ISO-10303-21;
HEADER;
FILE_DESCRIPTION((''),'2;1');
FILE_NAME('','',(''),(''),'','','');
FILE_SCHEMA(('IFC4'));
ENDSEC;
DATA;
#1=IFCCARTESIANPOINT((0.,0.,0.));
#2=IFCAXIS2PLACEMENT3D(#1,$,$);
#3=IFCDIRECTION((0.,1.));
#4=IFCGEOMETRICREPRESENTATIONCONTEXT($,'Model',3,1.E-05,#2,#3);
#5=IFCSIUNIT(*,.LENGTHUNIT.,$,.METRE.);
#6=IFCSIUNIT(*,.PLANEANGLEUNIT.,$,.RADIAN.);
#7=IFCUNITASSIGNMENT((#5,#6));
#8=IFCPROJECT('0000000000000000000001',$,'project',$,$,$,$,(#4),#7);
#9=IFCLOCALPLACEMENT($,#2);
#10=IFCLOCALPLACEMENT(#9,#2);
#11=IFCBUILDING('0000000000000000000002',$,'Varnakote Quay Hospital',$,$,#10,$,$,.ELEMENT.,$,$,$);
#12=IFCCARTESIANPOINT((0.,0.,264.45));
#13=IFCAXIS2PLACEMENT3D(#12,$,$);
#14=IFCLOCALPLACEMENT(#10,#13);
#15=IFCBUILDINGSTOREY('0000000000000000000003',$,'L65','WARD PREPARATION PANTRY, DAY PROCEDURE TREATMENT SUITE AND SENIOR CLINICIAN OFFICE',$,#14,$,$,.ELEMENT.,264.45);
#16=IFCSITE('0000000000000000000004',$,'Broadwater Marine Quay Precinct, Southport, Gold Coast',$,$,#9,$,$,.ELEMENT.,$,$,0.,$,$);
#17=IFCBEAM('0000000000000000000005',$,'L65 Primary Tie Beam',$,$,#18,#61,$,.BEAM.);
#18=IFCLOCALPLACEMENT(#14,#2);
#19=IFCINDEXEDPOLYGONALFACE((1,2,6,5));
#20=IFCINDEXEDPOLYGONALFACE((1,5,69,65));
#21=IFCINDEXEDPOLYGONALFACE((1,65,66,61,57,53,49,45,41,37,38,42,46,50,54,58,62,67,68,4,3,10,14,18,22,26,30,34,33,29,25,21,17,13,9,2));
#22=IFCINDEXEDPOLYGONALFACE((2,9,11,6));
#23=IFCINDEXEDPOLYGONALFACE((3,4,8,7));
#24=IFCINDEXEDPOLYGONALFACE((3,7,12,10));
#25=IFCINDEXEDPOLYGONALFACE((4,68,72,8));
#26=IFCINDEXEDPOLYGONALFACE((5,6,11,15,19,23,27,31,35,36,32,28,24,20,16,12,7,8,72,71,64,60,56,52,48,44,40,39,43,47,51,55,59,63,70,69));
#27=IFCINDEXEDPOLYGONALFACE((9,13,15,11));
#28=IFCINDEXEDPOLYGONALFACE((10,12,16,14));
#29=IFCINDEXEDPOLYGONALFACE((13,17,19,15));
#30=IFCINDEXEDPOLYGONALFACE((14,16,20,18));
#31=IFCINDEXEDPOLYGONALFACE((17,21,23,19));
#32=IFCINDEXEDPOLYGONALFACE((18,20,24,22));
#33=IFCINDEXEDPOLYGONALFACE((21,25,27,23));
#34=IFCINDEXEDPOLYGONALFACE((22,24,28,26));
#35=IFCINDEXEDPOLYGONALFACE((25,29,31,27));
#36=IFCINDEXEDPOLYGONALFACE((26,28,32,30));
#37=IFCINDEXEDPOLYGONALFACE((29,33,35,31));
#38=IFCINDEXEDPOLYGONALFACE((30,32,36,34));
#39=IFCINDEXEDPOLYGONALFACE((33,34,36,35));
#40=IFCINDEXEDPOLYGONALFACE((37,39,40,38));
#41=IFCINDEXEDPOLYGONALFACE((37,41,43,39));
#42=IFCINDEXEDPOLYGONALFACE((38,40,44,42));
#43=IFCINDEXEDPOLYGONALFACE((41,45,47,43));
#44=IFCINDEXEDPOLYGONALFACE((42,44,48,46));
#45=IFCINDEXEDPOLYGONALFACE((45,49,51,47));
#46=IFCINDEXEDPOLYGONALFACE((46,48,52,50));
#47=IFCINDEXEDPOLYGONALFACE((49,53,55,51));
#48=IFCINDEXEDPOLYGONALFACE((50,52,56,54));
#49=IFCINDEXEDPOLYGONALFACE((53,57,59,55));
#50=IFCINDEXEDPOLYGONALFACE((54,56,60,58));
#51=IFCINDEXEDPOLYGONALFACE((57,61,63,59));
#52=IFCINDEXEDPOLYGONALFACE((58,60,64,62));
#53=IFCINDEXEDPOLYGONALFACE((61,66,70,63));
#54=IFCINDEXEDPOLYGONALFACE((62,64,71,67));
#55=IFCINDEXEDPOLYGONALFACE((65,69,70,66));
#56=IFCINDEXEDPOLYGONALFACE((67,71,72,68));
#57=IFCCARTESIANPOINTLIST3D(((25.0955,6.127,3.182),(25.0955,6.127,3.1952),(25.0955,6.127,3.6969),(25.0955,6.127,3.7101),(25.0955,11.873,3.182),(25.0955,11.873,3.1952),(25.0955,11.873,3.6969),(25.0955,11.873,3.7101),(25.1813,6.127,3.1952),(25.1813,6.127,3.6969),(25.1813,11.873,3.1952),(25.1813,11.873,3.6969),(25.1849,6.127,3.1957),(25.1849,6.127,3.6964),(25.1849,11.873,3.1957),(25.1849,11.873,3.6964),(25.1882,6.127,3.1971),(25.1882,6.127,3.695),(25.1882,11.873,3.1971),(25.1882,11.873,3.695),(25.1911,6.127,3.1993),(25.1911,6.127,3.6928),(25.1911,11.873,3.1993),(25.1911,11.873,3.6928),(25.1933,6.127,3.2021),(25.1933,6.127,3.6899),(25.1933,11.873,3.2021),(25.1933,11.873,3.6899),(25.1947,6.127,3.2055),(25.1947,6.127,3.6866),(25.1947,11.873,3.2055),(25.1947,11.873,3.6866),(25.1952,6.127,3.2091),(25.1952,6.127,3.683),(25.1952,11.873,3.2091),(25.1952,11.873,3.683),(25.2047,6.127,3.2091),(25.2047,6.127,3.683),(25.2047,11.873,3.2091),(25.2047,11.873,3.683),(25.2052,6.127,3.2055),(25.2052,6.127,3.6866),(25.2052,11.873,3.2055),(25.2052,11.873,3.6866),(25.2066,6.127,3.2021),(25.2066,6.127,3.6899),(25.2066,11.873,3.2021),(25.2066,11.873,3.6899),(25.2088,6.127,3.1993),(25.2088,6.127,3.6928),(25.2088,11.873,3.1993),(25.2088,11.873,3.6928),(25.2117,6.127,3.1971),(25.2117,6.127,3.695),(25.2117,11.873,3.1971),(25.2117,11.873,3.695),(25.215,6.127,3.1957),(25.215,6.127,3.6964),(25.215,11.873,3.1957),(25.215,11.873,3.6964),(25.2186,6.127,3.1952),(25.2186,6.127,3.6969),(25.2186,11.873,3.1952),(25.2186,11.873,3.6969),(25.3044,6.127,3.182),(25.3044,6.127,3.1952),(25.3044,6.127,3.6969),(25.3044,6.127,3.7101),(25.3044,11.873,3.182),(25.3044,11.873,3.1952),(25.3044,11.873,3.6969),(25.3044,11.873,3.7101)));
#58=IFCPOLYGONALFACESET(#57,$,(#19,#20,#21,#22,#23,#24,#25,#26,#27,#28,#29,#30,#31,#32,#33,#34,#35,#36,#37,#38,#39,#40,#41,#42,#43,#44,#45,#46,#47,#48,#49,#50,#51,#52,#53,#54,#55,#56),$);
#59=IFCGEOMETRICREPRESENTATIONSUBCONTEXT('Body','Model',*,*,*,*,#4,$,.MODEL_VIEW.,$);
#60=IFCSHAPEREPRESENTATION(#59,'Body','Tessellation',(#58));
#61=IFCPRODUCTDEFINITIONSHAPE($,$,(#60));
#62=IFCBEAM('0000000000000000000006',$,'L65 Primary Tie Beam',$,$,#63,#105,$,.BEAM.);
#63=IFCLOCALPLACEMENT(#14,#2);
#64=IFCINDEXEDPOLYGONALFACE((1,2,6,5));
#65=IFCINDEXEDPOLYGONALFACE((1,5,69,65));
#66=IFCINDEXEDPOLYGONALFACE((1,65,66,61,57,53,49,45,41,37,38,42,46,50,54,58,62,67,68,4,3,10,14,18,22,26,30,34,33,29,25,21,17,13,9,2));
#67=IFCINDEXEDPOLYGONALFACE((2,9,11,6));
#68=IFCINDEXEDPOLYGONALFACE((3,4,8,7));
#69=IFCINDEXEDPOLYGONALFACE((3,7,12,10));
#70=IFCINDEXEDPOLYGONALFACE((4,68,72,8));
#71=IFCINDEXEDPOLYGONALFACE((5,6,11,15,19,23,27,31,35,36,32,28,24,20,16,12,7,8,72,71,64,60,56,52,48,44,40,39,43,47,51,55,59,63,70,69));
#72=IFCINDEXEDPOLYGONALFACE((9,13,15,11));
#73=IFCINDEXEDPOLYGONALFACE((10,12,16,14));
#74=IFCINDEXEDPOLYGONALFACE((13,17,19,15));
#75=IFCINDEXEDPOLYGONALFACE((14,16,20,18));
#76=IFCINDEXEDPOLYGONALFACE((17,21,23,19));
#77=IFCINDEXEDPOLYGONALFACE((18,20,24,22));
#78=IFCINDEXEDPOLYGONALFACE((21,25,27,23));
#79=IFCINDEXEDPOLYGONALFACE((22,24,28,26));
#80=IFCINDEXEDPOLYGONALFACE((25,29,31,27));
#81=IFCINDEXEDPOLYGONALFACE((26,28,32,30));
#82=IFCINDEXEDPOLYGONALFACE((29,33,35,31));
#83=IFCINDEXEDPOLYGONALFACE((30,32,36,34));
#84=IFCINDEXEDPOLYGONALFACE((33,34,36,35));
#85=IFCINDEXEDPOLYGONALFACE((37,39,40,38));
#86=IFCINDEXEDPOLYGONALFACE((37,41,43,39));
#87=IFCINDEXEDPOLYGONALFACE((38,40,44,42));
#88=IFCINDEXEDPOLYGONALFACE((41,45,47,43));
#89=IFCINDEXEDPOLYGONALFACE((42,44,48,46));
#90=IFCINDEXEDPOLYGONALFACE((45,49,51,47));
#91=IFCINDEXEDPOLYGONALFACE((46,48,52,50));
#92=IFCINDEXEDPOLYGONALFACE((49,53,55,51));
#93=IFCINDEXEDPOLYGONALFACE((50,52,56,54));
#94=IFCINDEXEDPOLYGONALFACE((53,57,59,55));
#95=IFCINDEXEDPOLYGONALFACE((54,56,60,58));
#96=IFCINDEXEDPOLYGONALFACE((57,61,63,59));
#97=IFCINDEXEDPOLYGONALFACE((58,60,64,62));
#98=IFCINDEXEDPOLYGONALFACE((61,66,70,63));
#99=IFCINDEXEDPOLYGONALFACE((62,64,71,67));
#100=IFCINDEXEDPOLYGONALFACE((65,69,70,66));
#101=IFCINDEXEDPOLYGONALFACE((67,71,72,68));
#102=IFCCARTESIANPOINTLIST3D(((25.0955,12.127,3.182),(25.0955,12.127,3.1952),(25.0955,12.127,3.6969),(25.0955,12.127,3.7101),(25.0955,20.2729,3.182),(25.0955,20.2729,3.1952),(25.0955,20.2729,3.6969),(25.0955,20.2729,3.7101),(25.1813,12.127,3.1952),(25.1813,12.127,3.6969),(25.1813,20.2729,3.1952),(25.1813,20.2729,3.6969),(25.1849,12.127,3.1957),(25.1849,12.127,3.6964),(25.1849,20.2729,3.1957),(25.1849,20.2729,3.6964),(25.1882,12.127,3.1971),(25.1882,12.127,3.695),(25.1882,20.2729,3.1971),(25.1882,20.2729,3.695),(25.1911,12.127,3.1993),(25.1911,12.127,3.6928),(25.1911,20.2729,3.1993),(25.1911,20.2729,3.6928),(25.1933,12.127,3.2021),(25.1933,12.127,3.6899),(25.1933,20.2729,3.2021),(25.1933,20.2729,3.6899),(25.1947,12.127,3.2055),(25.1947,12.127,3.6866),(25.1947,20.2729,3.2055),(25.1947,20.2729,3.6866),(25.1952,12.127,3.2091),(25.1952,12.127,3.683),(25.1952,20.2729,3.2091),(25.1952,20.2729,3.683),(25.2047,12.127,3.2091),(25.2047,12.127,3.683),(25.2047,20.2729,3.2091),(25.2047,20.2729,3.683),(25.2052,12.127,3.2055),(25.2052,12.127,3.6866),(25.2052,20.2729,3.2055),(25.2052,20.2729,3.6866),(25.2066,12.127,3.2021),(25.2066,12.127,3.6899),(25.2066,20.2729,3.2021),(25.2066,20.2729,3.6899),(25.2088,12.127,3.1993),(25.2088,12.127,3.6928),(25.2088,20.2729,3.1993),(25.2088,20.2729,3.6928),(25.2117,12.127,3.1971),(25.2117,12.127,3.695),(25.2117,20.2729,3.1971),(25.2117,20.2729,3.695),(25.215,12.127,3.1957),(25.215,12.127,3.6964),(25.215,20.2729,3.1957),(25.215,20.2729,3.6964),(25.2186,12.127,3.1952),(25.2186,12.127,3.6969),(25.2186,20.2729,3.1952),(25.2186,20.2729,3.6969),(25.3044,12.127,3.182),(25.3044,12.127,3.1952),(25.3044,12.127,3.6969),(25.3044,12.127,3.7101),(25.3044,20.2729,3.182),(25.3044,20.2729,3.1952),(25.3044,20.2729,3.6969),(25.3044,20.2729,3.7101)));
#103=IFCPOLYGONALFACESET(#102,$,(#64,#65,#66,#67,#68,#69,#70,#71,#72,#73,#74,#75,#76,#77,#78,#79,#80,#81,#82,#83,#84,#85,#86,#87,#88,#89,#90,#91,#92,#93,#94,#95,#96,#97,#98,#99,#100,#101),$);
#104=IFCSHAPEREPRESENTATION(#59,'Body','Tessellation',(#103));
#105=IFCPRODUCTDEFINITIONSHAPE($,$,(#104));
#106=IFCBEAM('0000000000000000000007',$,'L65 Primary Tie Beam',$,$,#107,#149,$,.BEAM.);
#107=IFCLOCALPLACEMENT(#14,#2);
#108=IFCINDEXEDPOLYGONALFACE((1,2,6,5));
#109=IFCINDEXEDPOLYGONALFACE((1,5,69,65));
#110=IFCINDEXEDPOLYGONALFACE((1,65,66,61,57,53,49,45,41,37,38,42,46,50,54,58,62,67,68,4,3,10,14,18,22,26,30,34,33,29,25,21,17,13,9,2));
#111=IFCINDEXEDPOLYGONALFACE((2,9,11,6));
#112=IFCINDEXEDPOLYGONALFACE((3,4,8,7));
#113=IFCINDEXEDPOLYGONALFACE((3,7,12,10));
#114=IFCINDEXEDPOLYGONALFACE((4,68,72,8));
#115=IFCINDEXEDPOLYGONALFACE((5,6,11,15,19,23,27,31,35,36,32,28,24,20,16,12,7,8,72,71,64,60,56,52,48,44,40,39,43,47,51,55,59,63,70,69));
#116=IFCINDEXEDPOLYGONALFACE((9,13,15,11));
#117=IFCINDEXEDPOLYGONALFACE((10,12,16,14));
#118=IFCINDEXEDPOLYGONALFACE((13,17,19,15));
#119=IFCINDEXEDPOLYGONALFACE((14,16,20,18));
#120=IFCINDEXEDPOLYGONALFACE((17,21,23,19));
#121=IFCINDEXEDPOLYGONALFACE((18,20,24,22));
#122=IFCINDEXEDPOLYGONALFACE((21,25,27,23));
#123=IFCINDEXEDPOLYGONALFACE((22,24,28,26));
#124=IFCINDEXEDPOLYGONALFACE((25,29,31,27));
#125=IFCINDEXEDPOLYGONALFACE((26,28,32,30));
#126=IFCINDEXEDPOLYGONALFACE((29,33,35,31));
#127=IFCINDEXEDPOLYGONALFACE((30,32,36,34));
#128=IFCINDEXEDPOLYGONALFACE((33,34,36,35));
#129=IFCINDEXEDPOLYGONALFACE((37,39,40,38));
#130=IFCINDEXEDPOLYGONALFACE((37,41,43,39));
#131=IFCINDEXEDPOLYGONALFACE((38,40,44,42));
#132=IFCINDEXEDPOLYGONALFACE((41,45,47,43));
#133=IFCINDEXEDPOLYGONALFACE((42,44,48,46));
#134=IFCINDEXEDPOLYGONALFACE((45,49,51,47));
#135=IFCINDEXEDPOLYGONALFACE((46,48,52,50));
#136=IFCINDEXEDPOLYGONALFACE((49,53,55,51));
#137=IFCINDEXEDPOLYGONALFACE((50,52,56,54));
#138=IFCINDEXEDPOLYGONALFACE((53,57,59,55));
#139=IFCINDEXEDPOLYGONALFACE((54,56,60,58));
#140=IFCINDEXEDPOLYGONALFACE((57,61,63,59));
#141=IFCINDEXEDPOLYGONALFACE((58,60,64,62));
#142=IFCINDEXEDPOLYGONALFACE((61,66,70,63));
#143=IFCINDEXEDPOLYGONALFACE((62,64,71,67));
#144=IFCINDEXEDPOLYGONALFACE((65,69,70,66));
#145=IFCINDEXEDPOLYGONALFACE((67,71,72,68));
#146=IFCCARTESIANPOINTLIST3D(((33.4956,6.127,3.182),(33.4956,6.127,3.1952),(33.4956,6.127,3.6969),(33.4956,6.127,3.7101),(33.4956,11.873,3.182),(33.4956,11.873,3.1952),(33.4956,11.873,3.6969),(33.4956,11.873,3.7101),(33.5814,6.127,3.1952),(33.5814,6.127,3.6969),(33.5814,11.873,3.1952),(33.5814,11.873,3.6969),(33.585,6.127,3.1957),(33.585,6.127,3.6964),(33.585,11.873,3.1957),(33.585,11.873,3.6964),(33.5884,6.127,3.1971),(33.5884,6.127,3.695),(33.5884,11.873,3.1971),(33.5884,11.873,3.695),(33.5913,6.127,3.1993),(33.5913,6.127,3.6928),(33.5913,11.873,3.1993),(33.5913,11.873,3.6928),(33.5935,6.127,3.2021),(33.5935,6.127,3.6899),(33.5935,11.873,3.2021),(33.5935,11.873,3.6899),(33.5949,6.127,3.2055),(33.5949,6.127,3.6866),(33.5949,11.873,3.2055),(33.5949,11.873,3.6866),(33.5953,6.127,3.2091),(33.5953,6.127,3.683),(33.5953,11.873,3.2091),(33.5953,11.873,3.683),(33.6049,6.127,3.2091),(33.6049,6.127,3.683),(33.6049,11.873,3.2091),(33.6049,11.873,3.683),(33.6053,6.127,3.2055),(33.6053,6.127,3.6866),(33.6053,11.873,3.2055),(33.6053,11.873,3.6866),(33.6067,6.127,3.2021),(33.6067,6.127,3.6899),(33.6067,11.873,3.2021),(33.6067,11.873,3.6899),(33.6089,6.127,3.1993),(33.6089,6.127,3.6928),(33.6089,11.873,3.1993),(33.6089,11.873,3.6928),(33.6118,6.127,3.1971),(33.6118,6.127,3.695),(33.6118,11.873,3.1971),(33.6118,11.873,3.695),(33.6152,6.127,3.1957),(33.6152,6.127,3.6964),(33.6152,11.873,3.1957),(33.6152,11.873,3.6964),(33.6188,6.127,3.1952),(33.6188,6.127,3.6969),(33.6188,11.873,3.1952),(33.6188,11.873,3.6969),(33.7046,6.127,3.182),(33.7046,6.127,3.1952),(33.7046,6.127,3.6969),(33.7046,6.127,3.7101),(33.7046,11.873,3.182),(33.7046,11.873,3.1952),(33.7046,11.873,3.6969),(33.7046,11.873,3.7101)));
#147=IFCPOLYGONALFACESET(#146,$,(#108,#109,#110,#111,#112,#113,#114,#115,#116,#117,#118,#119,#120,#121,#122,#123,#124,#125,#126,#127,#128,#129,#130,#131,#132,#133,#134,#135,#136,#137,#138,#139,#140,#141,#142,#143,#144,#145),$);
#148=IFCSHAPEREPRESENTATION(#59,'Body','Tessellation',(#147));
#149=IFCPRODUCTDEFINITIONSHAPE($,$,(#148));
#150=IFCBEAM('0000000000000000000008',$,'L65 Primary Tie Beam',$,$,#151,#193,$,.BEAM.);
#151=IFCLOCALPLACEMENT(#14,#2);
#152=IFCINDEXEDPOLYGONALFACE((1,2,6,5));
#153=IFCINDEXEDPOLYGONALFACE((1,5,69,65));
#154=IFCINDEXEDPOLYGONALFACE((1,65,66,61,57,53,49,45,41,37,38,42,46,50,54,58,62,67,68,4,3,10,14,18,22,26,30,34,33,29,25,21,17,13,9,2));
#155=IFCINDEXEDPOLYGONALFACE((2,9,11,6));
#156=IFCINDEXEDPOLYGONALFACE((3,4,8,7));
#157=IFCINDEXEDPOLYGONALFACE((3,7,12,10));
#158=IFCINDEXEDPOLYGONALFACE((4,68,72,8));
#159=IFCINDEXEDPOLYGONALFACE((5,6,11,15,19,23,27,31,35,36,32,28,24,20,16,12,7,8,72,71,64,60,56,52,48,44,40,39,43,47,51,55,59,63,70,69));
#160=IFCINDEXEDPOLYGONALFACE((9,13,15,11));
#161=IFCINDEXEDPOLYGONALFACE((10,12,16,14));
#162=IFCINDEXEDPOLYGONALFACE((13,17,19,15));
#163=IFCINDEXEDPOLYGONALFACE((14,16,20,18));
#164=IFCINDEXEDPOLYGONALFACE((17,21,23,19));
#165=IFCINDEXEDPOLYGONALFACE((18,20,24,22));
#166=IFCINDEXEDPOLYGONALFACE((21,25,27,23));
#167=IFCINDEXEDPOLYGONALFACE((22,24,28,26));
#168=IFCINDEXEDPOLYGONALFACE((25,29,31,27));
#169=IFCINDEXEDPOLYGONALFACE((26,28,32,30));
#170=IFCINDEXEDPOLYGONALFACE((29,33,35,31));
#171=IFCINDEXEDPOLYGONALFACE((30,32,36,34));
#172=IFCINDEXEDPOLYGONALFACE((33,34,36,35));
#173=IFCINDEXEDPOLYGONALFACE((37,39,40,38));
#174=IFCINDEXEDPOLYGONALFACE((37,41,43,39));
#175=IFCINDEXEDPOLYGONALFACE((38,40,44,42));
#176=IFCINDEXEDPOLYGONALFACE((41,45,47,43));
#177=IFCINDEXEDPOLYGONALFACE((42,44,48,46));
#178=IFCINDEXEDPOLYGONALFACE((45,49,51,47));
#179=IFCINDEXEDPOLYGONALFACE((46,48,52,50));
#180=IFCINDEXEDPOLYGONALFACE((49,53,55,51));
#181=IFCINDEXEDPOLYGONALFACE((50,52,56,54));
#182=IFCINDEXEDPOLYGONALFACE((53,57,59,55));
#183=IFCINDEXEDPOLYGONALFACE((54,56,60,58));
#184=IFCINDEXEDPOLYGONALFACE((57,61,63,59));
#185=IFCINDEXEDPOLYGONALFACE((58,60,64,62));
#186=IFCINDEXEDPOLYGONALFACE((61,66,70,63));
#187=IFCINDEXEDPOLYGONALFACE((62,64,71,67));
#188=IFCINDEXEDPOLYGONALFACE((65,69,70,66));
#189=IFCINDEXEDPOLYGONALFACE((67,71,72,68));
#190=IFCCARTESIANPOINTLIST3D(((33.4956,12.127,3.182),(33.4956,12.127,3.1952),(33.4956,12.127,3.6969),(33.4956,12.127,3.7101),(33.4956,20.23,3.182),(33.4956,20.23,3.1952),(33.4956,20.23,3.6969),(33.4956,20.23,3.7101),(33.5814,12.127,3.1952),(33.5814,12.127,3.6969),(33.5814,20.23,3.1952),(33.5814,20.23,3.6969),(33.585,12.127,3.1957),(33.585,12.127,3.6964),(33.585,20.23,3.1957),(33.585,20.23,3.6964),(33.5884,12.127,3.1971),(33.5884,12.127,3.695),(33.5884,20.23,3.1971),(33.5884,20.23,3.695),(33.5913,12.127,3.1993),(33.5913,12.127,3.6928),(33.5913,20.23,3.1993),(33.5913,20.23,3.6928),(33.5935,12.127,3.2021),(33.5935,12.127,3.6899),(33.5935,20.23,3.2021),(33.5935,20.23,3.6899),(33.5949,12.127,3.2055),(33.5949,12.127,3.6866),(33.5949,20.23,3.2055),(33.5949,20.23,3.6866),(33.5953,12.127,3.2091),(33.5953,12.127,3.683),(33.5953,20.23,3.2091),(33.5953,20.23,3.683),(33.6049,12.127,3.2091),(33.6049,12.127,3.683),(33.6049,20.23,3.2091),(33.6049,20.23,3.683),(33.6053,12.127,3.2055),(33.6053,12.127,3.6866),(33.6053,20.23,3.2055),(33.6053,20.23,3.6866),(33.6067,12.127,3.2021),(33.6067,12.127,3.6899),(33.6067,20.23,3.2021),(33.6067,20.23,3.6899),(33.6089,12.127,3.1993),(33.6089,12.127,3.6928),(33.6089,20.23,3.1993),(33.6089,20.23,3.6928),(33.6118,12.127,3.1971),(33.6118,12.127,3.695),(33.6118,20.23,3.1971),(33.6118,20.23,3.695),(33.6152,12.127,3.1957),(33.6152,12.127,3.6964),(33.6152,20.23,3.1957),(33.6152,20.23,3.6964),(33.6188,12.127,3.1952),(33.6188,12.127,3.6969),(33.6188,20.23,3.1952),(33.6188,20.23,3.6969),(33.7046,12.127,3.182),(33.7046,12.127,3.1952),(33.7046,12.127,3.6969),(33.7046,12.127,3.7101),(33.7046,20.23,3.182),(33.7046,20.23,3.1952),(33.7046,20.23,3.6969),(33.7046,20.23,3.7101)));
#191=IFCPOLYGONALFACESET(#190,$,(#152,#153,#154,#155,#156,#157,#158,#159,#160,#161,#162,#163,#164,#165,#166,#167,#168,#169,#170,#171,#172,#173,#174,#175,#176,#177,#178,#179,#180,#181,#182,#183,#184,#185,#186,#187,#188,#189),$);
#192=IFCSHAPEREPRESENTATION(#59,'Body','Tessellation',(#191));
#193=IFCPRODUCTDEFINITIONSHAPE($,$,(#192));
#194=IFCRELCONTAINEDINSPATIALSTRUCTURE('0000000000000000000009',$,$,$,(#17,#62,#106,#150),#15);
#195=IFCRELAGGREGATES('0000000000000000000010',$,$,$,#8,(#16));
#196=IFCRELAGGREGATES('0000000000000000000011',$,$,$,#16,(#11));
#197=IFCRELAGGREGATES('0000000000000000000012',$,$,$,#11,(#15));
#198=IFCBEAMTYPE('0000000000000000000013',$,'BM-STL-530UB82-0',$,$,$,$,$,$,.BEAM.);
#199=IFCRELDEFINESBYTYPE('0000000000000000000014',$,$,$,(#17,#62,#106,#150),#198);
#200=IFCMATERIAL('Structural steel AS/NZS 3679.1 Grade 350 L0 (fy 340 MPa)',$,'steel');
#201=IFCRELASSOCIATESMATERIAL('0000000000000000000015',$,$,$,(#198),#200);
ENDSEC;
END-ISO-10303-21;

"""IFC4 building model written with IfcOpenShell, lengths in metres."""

from ifc_helpers import new_model, si_unit, direction, frame, origin, origin_2d, place, context, subcontext, project, spatial, i_section, extrude, material, material_profile, profile_set, type_object, element, save


model = new_model("IFC4")

# Units and contexts
model_context = context("Model", 3, precision=1e-05, world=origin(), true_north=direction((0.0, 1.0)))
body_context = subcontext(model_context, "Body", "Model", "MODEL_VIEW")
ifc_project = project(units=[si_unit("LENGTHUNIT", "METRE"), si_unit("PLANEANGLEUNIT", "RADIAN")], contexts=[model_context])

# Site, building, storey
site_placement = place(None, origin())
site = spatial("IfcSite", under=ifc_project, at=site_placement, Name="Broadwater Marine Quay Precinct, Southport, Gold Coast", CompositionType="ELEMENT", RefElevation=0.0)
building_placement = place(site_placement, origin())
building = spatial("IfcBuilding", under=site, at=building_placement, Name="Varnakote Quay Hospital", CompositionType="ELEMENT")
storey_placement = place(building_placement, frame((0.0, 0.0, 264.45)))
storey = spatial("IfcBuildingStorey", under=building, at=storey_placement, Name="L65", Description="WARD PREPARATION PANTRY, DAY PROCEDURE TREATMENT SUITE AND SENIOR CLINICIAN OFFICE", CompositionType="ELEMENT", Elevation=264.45)

# Beams
ifc_material_1 = material(Name="Structural steel AS/NZS 3679.1 Grade 350 L0 (fy 340 MPa)", Category="steel")
ifc_material_profile_1 = material_profile(ifc_material_1, i_section(OverallWidth=0.209, OverallDepth=0.5281, WebThickness=0.0095, FlangeThickness=0.0132, FilletRadius=0.0139, at=origin_2d()), Name="530UB82.0")
ifc_profile_set_1 = profile_set([ifc_material_profile_1], Name="Structural steel AS/NZS 3679.1 Grade 350 L0 (fy 340 MPa)")
beam_type_1 = type_object("IfcBeamType", Name="BM-STL-530UB82-0", PredefinedType="BEAM", material=ifc_profile_set_1)
beam_1_placement = place(storey_placement, frame((25.2, 6.127, 3.446), z_axis=(0.0, 1.0, 0.0), x_axis=(-1.0, 0.0, 0.0)))
element("IfcBeam", 1, at=beam_1_placement, inside=storey, type_object=beam_type_1, Name="L65 Primary Tie Beam", PredefinedType="BEAM", context=body_context, shape_type="SweptSolid", body=[
    extrude(i_section(OverallWidth=0.209, OverallDepth=0.5281, WebThickness=0.0095, FlangeThickness=0.0132, FilletRadius=0.0139, at=origin_2d()), origin(), (0.0, 0.0, 1.0), 5.7461),
])
beam_2_placement = place(storey_placement, frame((25.2, 12.127, 3.446), z_axis=(0.0, 1.0, 0.0), x_axis=(-1.0, 0.0, 0.0)))
element("IfcBeam", 2, at=beam_2_placement, inside=storey, type_object=beam_type_1, Name="L65 Primary Tie Beam", PredefinedType="BEAM", context=body_context, shape_type="SweptSolid", body=[
    extrude(i_section(OverallWidth=0.209, OverallDepth=0.5281, WebThickness=0.0095, FlangeThickness=0.0132, FilletRadius=0.0139, at=origin_2d()), origin(), (0.0, 0.0, 1.0), 8.146),
])
beam_3_placement = place(storey_placement, frame((33.6001, 6.127, 3.446), z_axis=(0.0, 1.0, 0.0), x_axis=(-1.0, 0.0, 0.0)))
element("IfcBeam", 3, at=beam_3_placement, inside=storey, type_object=beam_type_1, Name="L65 Primary Tie Beam", PredefinedType="BEAM", context=body_context, shape_type="SweptSolid", body=[
    extrude(i_section(OverallWidth=0.209, OverallDepth=0.5281, WebThickness=0.0095, FlangeThickness=0.0132, FilletRadius=0.0139, at=origin_2d()), origin(), (0.0, 0.0, 1.0), 5.7461),
])
beam_4_placement = place(storey_placement, frame((33.6001, 12.127, 3.446), z_axis=(0.0, 1.0, 0.0), x_axis=(-1.0, 0.0, 0.0)))
element("IfcBeam", 4, at=beam_4_placement, inside=storey, type_object=beam_type_1, Name="L65 Primary Tie Beam", PredefinedType="BEAM", context=body_context, shape_type="SweptSolid", body=[
    extrude(i_section(OverallWidth=0.209, OverallDepth=0.5281, WebThickness=0.0095, FlangeThickness=0.0132, FilletRadius=0.0139, at=origin_2d()), origin(), (0.0, 0.0, 1.0), 8.103),
])

save(model, "model.ifc")
